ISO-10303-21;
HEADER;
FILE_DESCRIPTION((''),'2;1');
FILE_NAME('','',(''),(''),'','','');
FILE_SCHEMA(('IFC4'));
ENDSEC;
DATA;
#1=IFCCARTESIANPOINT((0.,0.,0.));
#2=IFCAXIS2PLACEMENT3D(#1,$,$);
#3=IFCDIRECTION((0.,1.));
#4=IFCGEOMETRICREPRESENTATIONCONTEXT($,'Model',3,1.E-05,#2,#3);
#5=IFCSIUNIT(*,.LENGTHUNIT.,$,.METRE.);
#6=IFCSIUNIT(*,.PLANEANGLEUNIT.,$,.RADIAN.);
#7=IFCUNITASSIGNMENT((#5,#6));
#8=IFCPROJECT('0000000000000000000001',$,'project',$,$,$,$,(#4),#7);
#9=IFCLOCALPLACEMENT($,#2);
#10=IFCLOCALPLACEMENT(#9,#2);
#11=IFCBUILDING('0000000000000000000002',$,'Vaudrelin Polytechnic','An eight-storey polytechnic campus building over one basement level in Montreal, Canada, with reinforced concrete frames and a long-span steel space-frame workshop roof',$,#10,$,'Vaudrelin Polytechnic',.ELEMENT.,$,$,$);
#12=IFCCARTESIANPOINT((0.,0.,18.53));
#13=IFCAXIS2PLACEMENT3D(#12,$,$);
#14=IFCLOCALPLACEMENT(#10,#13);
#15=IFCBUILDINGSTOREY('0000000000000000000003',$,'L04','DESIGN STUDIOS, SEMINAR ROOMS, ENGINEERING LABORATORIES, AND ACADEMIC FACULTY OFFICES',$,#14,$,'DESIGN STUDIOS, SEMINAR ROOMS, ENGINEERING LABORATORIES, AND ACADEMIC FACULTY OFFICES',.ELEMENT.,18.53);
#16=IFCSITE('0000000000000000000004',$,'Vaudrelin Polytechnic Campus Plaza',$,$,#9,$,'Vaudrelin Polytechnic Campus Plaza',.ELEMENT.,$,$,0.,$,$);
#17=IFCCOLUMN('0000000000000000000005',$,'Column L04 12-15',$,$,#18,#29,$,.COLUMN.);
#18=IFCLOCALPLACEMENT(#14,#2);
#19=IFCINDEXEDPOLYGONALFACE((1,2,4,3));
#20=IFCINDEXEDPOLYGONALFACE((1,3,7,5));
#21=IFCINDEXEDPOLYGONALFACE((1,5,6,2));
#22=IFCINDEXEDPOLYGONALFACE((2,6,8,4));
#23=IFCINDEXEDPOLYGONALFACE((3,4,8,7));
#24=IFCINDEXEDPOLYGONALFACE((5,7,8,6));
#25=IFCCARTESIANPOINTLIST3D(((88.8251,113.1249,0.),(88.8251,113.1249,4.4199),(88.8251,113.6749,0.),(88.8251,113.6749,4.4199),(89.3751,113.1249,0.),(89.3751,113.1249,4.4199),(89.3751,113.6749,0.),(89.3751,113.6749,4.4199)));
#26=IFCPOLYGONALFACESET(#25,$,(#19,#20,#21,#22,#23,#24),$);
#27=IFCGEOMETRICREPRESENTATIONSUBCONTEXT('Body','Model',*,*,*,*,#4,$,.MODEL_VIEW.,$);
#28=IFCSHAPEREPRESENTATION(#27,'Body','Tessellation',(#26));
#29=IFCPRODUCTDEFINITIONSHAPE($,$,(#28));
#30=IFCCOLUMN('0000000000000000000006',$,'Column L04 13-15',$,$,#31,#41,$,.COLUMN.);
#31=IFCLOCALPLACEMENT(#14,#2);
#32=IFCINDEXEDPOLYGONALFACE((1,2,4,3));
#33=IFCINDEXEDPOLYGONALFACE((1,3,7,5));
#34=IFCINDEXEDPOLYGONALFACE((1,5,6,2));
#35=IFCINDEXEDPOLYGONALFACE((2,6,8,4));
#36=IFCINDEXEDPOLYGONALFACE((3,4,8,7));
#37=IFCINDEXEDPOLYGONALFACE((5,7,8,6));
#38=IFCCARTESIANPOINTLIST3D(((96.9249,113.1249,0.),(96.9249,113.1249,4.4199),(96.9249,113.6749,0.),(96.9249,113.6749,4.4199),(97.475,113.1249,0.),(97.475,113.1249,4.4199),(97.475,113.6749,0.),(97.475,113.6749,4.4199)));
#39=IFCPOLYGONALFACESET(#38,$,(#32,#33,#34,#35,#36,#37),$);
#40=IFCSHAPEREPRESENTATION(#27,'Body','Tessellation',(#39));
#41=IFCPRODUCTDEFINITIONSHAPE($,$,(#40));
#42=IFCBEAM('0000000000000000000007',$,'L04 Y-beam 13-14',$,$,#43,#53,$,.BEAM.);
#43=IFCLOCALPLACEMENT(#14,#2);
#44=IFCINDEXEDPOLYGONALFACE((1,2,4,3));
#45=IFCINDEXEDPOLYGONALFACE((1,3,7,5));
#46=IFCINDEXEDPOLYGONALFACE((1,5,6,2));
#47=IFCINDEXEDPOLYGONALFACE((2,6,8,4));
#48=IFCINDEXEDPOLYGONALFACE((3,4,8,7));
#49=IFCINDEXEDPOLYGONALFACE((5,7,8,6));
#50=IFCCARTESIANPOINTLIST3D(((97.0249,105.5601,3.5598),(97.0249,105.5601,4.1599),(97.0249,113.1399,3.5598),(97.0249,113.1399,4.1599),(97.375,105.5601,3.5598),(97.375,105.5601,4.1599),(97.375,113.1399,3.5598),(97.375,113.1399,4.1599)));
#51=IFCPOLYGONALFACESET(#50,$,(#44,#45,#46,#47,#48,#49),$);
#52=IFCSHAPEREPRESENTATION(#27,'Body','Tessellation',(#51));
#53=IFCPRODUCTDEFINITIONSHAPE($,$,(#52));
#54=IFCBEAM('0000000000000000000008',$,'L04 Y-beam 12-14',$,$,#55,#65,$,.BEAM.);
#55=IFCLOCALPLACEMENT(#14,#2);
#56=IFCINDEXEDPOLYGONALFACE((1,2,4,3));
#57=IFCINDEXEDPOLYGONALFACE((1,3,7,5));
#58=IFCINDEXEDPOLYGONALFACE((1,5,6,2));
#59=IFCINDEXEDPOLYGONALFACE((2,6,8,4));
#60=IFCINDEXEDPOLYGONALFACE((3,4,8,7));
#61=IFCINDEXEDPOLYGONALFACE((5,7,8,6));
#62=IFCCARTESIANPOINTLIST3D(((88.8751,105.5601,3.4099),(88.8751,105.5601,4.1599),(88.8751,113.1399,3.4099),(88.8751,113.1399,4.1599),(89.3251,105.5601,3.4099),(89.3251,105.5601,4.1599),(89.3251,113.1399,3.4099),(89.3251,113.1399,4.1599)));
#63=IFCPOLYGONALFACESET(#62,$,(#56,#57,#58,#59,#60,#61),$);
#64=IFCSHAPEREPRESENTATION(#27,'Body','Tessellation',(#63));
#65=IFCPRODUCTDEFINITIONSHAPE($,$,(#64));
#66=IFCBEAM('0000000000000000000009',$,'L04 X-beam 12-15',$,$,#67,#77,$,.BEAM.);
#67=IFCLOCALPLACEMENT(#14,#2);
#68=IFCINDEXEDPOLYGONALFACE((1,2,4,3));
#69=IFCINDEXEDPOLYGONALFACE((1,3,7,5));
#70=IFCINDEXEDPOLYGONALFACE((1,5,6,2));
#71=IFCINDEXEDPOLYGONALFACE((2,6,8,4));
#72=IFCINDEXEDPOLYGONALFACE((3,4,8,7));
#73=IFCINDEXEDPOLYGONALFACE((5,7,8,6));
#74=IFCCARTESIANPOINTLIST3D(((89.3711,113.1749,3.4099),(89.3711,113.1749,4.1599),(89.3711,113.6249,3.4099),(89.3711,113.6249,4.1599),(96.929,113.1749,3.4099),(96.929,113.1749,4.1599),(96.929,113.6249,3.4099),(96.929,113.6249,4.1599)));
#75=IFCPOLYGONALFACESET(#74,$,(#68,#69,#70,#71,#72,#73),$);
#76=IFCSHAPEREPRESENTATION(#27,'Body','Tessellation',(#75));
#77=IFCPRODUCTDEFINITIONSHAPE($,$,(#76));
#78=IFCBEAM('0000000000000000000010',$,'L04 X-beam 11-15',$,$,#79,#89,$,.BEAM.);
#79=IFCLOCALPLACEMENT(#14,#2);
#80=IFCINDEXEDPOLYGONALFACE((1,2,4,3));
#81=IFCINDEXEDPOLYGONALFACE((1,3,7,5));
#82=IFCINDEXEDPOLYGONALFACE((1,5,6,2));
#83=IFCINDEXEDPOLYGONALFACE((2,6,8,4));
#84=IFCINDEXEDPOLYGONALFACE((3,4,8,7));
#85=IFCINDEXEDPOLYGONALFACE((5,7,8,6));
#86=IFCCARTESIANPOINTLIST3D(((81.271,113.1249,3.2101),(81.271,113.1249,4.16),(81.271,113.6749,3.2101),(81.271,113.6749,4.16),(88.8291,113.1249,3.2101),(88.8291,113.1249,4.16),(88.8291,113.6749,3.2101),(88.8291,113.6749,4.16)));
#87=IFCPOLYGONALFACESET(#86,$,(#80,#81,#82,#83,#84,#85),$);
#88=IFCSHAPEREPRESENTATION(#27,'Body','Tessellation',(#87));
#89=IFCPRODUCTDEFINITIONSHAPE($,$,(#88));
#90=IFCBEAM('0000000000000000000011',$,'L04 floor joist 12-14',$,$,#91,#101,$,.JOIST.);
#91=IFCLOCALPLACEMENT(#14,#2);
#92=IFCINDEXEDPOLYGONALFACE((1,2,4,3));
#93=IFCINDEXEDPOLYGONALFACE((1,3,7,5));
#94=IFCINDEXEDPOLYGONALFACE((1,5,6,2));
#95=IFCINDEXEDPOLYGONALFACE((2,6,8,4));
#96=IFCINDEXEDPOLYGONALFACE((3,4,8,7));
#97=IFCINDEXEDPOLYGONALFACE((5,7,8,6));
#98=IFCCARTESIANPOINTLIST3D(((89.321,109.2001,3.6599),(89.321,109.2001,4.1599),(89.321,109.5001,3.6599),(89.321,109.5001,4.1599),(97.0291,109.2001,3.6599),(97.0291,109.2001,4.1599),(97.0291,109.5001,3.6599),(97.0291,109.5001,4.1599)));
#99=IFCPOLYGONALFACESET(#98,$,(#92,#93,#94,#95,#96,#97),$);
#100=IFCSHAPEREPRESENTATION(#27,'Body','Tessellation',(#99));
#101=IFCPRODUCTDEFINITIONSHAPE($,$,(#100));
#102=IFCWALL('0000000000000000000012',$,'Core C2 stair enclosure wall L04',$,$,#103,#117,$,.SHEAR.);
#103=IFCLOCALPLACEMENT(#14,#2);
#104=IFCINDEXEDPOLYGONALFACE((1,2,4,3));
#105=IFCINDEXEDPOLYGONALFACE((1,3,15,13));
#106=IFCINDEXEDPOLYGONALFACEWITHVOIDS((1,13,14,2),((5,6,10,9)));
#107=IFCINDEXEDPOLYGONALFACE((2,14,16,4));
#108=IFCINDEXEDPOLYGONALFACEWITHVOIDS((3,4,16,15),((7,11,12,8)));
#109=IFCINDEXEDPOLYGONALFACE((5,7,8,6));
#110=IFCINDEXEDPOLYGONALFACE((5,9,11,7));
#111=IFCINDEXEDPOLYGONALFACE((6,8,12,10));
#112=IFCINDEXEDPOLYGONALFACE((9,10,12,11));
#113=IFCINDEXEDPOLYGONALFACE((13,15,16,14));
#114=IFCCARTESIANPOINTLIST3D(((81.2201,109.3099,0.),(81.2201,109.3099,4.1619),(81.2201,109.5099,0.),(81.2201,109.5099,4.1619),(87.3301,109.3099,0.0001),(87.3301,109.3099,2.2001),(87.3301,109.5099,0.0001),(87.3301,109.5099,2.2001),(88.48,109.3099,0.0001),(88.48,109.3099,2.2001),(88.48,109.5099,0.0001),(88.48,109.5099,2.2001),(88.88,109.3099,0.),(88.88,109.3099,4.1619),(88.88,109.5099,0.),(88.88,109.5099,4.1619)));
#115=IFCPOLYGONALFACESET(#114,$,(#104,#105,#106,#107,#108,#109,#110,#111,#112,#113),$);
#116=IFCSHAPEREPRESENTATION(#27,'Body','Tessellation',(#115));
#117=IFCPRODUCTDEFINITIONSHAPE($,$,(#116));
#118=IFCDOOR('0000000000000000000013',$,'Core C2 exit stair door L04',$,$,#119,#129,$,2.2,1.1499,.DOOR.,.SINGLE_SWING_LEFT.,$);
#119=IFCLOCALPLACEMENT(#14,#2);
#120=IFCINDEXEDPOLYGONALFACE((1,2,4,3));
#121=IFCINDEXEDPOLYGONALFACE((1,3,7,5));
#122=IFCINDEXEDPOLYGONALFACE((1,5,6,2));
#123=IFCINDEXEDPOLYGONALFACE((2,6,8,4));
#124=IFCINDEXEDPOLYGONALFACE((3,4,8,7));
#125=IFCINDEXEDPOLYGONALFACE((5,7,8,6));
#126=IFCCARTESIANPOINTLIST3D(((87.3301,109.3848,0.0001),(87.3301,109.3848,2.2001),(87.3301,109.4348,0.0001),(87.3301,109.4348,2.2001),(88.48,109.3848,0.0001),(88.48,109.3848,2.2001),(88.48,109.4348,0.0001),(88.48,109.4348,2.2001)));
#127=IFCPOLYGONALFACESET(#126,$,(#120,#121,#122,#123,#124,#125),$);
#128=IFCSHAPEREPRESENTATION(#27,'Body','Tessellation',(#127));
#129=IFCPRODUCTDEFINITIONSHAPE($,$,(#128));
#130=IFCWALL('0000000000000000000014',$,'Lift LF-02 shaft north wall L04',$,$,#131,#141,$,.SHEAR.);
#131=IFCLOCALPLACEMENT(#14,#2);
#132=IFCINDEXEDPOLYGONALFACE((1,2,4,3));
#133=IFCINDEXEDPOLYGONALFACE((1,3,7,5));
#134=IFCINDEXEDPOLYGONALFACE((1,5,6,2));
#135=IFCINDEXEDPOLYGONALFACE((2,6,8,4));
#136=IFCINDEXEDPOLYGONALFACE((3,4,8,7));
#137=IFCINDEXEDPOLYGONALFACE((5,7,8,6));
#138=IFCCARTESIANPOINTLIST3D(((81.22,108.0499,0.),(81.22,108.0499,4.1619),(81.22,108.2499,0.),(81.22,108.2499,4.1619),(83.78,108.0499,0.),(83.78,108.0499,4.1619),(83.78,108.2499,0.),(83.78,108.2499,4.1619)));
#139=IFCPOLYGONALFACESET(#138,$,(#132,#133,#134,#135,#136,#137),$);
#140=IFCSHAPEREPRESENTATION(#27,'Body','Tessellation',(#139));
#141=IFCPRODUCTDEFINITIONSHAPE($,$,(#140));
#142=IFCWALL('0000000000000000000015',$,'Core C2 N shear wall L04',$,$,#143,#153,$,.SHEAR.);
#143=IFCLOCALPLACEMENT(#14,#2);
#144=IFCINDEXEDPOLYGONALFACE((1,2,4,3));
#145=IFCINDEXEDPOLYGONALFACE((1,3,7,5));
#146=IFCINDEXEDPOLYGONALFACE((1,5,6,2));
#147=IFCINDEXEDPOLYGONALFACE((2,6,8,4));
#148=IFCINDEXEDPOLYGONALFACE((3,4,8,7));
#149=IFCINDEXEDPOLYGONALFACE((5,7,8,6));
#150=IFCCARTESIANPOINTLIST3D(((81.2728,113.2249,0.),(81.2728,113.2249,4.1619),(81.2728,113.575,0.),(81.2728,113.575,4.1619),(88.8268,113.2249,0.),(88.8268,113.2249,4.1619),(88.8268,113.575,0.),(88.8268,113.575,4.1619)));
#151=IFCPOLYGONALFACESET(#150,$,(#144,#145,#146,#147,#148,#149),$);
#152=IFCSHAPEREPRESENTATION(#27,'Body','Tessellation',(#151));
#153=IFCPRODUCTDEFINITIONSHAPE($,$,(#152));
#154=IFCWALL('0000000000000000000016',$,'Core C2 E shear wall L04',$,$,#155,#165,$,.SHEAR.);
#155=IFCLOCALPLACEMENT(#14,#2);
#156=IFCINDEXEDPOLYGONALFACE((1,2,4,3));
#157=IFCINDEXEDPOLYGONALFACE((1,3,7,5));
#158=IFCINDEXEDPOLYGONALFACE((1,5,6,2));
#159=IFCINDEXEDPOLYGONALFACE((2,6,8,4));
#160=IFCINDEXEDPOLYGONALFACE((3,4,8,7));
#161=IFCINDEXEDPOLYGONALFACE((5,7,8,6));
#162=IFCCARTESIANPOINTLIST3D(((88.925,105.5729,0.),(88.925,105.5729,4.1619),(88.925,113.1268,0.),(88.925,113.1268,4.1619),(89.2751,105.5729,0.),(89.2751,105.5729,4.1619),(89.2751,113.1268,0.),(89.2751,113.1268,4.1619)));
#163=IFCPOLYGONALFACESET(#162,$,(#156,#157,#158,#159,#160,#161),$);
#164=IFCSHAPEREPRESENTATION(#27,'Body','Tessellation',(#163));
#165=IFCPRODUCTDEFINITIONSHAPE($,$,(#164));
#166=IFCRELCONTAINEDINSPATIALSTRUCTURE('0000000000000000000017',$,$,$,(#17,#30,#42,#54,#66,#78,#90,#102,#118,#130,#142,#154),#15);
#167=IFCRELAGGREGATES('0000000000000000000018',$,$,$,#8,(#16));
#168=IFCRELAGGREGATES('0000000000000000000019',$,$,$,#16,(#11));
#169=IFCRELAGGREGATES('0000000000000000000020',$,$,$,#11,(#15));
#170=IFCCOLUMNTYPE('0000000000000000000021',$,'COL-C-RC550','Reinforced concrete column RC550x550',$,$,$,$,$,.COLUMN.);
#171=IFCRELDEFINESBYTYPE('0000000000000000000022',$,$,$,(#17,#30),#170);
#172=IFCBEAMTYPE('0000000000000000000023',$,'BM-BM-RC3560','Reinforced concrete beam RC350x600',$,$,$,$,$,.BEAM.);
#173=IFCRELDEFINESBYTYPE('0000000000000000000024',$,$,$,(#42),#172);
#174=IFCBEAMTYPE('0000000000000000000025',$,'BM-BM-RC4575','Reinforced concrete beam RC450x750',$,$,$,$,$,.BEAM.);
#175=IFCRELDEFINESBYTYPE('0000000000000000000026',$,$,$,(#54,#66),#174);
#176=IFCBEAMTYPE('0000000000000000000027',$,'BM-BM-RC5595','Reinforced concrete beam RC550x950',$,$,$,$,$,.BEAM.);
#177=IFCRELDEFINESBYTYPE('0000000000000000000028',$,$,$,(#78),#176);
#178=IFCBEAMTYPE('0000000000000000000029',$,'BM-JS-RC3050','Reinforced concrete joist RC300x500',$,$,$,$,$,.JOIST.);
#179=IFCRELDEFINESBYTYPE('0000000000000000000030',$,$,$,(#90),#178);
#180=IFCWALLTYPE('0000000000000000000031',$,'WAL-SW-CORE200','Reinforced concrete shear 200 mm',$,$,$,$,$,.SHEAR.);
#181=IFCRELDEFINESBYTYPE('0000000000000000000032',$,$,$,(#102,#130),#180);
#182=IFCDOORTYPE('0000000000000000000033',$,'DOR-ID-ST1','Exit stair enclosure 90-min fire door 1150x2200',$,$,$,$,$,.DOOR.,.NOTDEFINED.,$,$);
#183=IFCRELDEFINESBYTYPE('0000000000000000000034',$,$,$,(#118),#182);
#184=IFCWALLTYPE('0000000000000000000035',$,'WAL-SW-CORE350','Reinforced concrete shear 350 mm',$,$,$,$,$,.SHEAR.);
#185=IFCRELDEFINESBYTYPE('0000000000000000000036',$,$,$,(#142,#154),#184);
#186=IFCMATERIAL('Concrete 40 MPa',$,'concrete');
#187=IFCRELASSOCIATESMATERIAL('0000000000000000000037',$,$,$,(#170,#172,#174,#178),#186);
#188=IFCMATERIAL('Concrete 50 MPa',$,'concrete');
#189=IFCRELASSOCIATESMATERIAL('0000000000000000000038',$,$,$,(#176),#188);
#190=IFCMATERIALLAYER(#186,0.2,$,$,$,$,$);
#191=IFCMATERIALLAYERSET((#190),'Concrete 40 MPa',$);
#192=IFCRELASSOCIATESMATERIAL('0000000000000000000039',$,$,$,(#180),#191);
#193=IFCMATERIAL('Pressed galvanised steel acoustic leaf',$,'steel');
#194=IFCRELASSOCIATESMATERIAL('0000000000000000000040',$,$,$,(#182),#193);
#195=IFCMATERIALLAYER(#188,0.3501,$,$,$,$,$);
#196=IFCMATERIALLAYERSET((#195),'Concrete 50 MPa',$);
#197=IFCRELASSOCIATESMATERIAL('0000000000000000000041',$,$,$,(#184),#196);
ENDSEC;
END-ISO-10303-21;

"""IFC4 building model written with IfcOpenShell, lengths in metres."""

from ifc_helpers import new_model, si_unit, direction, frame, frame_2d, origin, origin_2d, place, context, subcontext, project, spatial, rectangle, extrude, material, layer, layer_set, material_profile, profile_set, type_object, element, fill, save


model = new_model("IFC4")

# Units and contexts
model_context = context("Model", 3, precision=1e-05, world=origin(), true_north=direction((0.0, 1.0)))
body_context = subcontext(model_context, "Body", "Model", "MODEL_VIEW")
ifc_project = project(units=[si_unit("LENGTHUNIT", "METRE"), si_unit("PLANEANGLEUNIT", "RADIAN")], contexts=[model_context])

# Site, building, storey
site_placement = place(None, origin())
site = spatial("IfcSite", under=ifc_project, at=site_placement, Name="Vaudrelin Polytechnic Campus Plaza", LongName="Vaudrelin Polytechnic Campus Plaza", CompositionType="ELEMENT", RefElevation=0.0)
building_placement = place(site_placement, origin())
building = spatial("IfcBuilding", under=site, at=building_placement, Name="Vaudrelin Polytechnic", Description="An eight-storey polytechnic campus building over one basement level in Montreal, Canada, with reinforced concrete frames and a long-span steel space-frame workshop roof", LongName="Vaudrelin Polytechnic", CompositionType="ELEMENT")
storey_placement = place(building_placement, frame((0.0, 0.0, 18.53)))
storey = spatial("IfcBuildingStorey", under=building, at=storey_placement, Name="L04", Description="DESIGN STUDIOS, SEMINAR ROOMS, ENGINEERING LABORATORIES, AND ACADEMIC FACULTY OFFICES", LongName="DESIGN STUDIOS, SEMINAR ROOMS, ENGINEERING LABORATORIES, AND ACADEMIC FACULTY OFFICES", CompositionType="ELEMENT", Elevation=18.53)

# Columns
ifc_material_1 = material(Name="Concrete 40 MPa", Category="concrete")
ifc_material_profile_1 = material_profile(ifc_material_1, rectangle(XDim=0.55, YDim=0.55, at=origin_2d()), Name="RC550x550")
ifc_profile_set_1 = profile_set([ifc_material_profile_1], Name="Concrete 40 MPa")
column_type = type_object("IfcColumnType", Name="COL-C-RC550", Description="Reinforced concrete column RC550x550", PredefinedType="COLUMN", material=ifc_profile_set_1)
for number, where, z_axis, x_axis, name in (
    (1, (89.1001, 113.3999, 0.0), (0.0, 0.0, 1.0), (1.0, 0.0, 0.0), "Column L04 12-15"),
    (2, (97.2, 113.3999, 0.0), (0.0, 0.0, 1.0), (1.0, 0.0, 0.0), "Column L04 13-15"),
):
    element("IfcColumn", number, at=place(storey_placement, frame(where, z_axis=z_axis, x_axis=x_axis)), inside=storey, type_object=column_type, Name=name, PredefinedType="COLUMN", context=body_context, shape_type="SweptSolid", body=[
        extrude(rectangle(XDim=0.55, YDim=0.55, at=origin_2d()), origin(), (0.0, 0.0, 1.0), 4.4199),
    ])

# Beams
ifc_material_profile_2 = material_profile(ifc_material_1, rectangle(XDim=0.3501, YDim=0.6001, at=origin_2d()), Name="RC350x600")
ifc_profile_set_2 = profile_set([ifc_material_profile_2], Name="Concrete 40 MPa")
beam_type_1 = type_object("IfcBeamType", Name="BM-BM-RC3560", Description="Reinforced concrete beam RC350x600", PredefinedType="BEAM", material=ifc_profile_set_2)
beam_1_placement = place(storey_placement, frame((97.2, 105.5601, 3.8599), z_axis=(0.0, 1.0, 0.0), x_axis=(-1.0, 0.0, 0.0)))
element("IfcBeam", 3, at=beam_1_placement, inside=storey, type_object=beam_type_1, Name="L04 Y-beam 13-14", PredefinedType="BEAM", context=body_context, shape_type="SweptSolid", body=[
    extrude(rectangle(XDim=0.3501, YDim=0.6001, at=origin_2d()), origin(), (0.0, 0.0, 1.0), 7.5798),
])
ifc_material_profile_3 = material_profile(ifc_material_1, rectangle(XDim=0.45, YDim=0.75, at=origin_2d()), Name="RC450x750")
ifc_profile_set_3 = profile_set([ifc_material_profile_3], Name="Concrete 40 MPa")
beam_type_2 = type_object("IfcBeamType", Name="BM-BM-RC4575", Description="Reinforced concrete beam RC450x750", PredefinedType="BEAM", material=ifc_profile_set_3)
beam_2_placement = place(storey_placement, frame((89.1001, 105.5601, 3.7849), z_axis=(0.0, 1.0, 0.0), x_axis=(-1.0, 0.0, 0.0)))
element("IfcBeam", 4, at=beam_2_placement, inside=storey, type_object=beam_type_2, Name="L04 Y-beam 12-14", PredefinedType="BEAM", context=body_context, shape_type="SweptSolid", body=[
    extrude(rectangle(XDim=0.45, YDim=0.75, at=origin_2d()), origin(), (0.0, 0.0, 1.0), 7.5798),
])
beam_3_placement = place(storey_placement, frame((89.3711, 113.3999, 3.7849), z_axis=(1.0, 0.0, 0.0), x_axis=(0.0, 1.0, 0.0)))
element("IfcBeam", 5, at=beam_3_placement, inside=storey, type_object=beam_type_2, Name="L04 X-beam 12-15", PredefinedType="BEAM", context=body_context, shape_type="SweptSolid", body=[
    extrude(rectangle(XDim=0.45, YDim=0.75, at=origin_2d()), origin(), (0.0, 0.0, 1.0), 7.5579),
])
ifc_material_2 = material(Name="Concrete 50 MPa", Category="concrete")
ifc_material_profile_4 = material_profile(ifc_material_2, rectangle(XDim=0.55, YDim=0.95, at=origin_2d()), Name="RC550x950")
ifc_profile_set_4 = profile_set([ifc_material_profile_4], Name="Concrete 50 MPa")
beam_type_3 = type_object("IfcBeamType", Name="BM-BM-RC5595", Description="Reinforced concrete beam RC550x950", PredefinedType="BEAM", material=ifc_profile_set_4)
beam_4_placement = place(storey_placement, frame((81.271, 113.3999, 3.6851), z_axis=(1.0, 0.0, 0.0), x_axis=(0.0, 1.0, 0.0)))
element("IfcBeam", 6, at=beam_4_placement, inside=storey, type_object=beam_type_3, Name="L04 X-beam 11-15", PredefinedType="BEAM", context=body_context, shape_type="SweptSolid", body=[
    extrude(rectangle(XDim=0.55, YDim=0.95, at=origin_2d()), origin(), (0.0, 0.0, 1.0), 7.5581),
])
ifc_material_profile_5 = material_profile(ifc_material_1, rectangle(XDim=0.3, YDim=0.5, at=origin_2d()), Name="RC300x500")
ifc_profile_set_5 = profile_set([ifc_material_profile_5], Name="Concrete 40 MPa")
beam_type_4 = type_object("IfcBeamType", Name="BM-JS-RC3050", Description="Reinforced concrete joist RC300x500", PredefinedType="JOIST", material=ifc_profile_set_5)
beam_5_placement = place(storey_placement, frame((89.321, 109.3501, 3.9099), z_axis=(1.0, 0.0, 0.0), x_axis=(0.0, 1.0, 0.0)))
element("IfcBeam", 7, at=beam_5_placement, inside=storey, type_object=beam_type_4, Name="L04 floor joist 12-14", PredefinedType="JOIST", context=body_context, shape_type="SweptSolid", body=[
    extrude(rectangle(XDim=0.3, YDim=0.5, at=origin_2d()), origin(), (0.0, 0.0, 1.0), 7.708),
])

# Wall, opening, door
ifc_material_3 = material(Name="Pressed galvanised steel acoustic leaf", Category="steel")
ifc_layer_1 = layer(ifc_material_1, 0.2)
ifc_layer_set_1 = layer_set([ifc_layer_1], Name="Concrete 40 MPa")
wall_type_1 = type_object("IfcWallType", Name="WAL-SW-CORE200", Description="Reinforced concrete shear 200 mm", PredefinedType="SHEAR", material=ifc_layer_set_1)
wall_1_placement = place(storey_placement, frame((81.22, 109.4099, 0.0), z_axis=(0.0, 0.0, 1.0), x_axis=(1.0, 0.0, 0.0)))
wall_1 = element("IfcWall", 8, at=wall_1_placement, inside=storey, type_object=wall_type_1, Name="Core C2 stair enclosure wall L04", PredefinedType="SHEAR", context=body_context, shape_type="SweptSolid", body=[
    extrude(rectangle(XDim=7.6599, YDim=0.2, at=frame_2d((3.8301, 0.0))), origin(), (0.0, 0.0, 1.0), 4.1619),
])
opening_1_placement = place(wall_1_placement, frame((6.1101, 0.0, 0.0)))
opening_1 = element("IfcOpeningElement", 9, at=opening_1_placement, cuts=wall_1, PredefinedType="OPENING", context=body_context, shape_type="SweptSolid", body=[
    extrude(rectangle(XDim=1.1499, YDim=2.2, at=frame_2d((0.575, 1.1001))), frame((0.0, 0.1099, 0.0), z_axis=(0.0, -1.0, 0.0), x_axis=(1.0, 0.0, 0.0)), (0.0, 0.0, 1.0), 0.22),
])
door_type_1 = type_object("IfcDoorType", Name="DOR-ID-ST1", Description="Exit stair enclosure 90-min fire door 1150x2200", OperationType="NOTDEFINED", PredefinedType="DOOR", material=ifc_material_3)
door_1_placement = place(opening_1_placement, origin())
door_1 = element("IfcDoor", 10, at=door_1_placement, inside=storey, type_object=door_type_1, Name="Core C2 exit stair door L04", OperationType="SINGLE_SWING_LEFT", OverallHeight=2.2, OverallWidth=1.1499, PredefinedType="DOOR", context=body_context, shape_type="SweptSolid", body=[
    extrude(rectangle(XDim=1.1499, YDim=2.2, at=frame_2d((0.575, 1.1001))), frame((0.0, 0.0249, 0.0), z_axis=(0.0, -1.0, 0.0), x_axis=(1.0, 0.0, 0.0)), (0.0, 0.0, 1.0), 0.05),
])
fill(opening_1, door_1)

# Walls
wall_2_placement = place(storey_placement, frame((81.22, 108.1499, 0.0), z_axis=(0.0, 0.0, 1.0), x_axis=(1.0, 0.0, 0.0)))
element("IfcWall", 11, at=wall_2_placement, inside=storey, type_object=wall_type_1, Name="Lift LF-02 shaft north wall L04", PredefinedType="SHEAR", context=body_context, shape_type="SweptSolid", body=[
    extrude(rectangle(XDim=2.5601, YDim=0.2, at=frame_2d((1.28, 0.0))), origin(), (0.0, 0.0, 1.0), 4.1619),
])
ifc_layer_2 = layer(ifc_material_2, 0.3501)
ifc_layer_set_2 = layer_set([ifc_layer_2], Name="Concrete 50 MPa")
wall_type_2 = type_object("IfcWallType", Name="WAL-SW-CORE350", Description="Reinforced concrete shear 350 mm", PredefinedType="SHEAR", material=ifc_layer_set_2)
for number, where, z_axis, x_axis, name in (
    (12, (81.2729, 113.3999, 0.0), (0.0, 0.0, 1.0), (1.0, 0.0, 0.0), "Core C2 N shear wall L04"),
    (13, (89.1001, 105.573, 0.0), (0.0, 0.0, 1.0), (0.0, 1.0, 0.0), "Core C2 E shear wall L04"),
):
    element("IfcWall", number, at=place(storey_placement, frame(where, z_axis=z_axis, x_axis=x_axis)), inside=storey, type_object=wall_type_2, Name=name, PredefinedType="SHEAR", context=body_context, shape_type="SweptSolid", body=[
        extrude(rectangle(XDim=7.554, YDim=0.3501, at=frame_2d((3.7769, 0.0))), origin(), (0.0, 0.0, 1.0), 4.1619),
    ])

save(model, "model.ifc")
